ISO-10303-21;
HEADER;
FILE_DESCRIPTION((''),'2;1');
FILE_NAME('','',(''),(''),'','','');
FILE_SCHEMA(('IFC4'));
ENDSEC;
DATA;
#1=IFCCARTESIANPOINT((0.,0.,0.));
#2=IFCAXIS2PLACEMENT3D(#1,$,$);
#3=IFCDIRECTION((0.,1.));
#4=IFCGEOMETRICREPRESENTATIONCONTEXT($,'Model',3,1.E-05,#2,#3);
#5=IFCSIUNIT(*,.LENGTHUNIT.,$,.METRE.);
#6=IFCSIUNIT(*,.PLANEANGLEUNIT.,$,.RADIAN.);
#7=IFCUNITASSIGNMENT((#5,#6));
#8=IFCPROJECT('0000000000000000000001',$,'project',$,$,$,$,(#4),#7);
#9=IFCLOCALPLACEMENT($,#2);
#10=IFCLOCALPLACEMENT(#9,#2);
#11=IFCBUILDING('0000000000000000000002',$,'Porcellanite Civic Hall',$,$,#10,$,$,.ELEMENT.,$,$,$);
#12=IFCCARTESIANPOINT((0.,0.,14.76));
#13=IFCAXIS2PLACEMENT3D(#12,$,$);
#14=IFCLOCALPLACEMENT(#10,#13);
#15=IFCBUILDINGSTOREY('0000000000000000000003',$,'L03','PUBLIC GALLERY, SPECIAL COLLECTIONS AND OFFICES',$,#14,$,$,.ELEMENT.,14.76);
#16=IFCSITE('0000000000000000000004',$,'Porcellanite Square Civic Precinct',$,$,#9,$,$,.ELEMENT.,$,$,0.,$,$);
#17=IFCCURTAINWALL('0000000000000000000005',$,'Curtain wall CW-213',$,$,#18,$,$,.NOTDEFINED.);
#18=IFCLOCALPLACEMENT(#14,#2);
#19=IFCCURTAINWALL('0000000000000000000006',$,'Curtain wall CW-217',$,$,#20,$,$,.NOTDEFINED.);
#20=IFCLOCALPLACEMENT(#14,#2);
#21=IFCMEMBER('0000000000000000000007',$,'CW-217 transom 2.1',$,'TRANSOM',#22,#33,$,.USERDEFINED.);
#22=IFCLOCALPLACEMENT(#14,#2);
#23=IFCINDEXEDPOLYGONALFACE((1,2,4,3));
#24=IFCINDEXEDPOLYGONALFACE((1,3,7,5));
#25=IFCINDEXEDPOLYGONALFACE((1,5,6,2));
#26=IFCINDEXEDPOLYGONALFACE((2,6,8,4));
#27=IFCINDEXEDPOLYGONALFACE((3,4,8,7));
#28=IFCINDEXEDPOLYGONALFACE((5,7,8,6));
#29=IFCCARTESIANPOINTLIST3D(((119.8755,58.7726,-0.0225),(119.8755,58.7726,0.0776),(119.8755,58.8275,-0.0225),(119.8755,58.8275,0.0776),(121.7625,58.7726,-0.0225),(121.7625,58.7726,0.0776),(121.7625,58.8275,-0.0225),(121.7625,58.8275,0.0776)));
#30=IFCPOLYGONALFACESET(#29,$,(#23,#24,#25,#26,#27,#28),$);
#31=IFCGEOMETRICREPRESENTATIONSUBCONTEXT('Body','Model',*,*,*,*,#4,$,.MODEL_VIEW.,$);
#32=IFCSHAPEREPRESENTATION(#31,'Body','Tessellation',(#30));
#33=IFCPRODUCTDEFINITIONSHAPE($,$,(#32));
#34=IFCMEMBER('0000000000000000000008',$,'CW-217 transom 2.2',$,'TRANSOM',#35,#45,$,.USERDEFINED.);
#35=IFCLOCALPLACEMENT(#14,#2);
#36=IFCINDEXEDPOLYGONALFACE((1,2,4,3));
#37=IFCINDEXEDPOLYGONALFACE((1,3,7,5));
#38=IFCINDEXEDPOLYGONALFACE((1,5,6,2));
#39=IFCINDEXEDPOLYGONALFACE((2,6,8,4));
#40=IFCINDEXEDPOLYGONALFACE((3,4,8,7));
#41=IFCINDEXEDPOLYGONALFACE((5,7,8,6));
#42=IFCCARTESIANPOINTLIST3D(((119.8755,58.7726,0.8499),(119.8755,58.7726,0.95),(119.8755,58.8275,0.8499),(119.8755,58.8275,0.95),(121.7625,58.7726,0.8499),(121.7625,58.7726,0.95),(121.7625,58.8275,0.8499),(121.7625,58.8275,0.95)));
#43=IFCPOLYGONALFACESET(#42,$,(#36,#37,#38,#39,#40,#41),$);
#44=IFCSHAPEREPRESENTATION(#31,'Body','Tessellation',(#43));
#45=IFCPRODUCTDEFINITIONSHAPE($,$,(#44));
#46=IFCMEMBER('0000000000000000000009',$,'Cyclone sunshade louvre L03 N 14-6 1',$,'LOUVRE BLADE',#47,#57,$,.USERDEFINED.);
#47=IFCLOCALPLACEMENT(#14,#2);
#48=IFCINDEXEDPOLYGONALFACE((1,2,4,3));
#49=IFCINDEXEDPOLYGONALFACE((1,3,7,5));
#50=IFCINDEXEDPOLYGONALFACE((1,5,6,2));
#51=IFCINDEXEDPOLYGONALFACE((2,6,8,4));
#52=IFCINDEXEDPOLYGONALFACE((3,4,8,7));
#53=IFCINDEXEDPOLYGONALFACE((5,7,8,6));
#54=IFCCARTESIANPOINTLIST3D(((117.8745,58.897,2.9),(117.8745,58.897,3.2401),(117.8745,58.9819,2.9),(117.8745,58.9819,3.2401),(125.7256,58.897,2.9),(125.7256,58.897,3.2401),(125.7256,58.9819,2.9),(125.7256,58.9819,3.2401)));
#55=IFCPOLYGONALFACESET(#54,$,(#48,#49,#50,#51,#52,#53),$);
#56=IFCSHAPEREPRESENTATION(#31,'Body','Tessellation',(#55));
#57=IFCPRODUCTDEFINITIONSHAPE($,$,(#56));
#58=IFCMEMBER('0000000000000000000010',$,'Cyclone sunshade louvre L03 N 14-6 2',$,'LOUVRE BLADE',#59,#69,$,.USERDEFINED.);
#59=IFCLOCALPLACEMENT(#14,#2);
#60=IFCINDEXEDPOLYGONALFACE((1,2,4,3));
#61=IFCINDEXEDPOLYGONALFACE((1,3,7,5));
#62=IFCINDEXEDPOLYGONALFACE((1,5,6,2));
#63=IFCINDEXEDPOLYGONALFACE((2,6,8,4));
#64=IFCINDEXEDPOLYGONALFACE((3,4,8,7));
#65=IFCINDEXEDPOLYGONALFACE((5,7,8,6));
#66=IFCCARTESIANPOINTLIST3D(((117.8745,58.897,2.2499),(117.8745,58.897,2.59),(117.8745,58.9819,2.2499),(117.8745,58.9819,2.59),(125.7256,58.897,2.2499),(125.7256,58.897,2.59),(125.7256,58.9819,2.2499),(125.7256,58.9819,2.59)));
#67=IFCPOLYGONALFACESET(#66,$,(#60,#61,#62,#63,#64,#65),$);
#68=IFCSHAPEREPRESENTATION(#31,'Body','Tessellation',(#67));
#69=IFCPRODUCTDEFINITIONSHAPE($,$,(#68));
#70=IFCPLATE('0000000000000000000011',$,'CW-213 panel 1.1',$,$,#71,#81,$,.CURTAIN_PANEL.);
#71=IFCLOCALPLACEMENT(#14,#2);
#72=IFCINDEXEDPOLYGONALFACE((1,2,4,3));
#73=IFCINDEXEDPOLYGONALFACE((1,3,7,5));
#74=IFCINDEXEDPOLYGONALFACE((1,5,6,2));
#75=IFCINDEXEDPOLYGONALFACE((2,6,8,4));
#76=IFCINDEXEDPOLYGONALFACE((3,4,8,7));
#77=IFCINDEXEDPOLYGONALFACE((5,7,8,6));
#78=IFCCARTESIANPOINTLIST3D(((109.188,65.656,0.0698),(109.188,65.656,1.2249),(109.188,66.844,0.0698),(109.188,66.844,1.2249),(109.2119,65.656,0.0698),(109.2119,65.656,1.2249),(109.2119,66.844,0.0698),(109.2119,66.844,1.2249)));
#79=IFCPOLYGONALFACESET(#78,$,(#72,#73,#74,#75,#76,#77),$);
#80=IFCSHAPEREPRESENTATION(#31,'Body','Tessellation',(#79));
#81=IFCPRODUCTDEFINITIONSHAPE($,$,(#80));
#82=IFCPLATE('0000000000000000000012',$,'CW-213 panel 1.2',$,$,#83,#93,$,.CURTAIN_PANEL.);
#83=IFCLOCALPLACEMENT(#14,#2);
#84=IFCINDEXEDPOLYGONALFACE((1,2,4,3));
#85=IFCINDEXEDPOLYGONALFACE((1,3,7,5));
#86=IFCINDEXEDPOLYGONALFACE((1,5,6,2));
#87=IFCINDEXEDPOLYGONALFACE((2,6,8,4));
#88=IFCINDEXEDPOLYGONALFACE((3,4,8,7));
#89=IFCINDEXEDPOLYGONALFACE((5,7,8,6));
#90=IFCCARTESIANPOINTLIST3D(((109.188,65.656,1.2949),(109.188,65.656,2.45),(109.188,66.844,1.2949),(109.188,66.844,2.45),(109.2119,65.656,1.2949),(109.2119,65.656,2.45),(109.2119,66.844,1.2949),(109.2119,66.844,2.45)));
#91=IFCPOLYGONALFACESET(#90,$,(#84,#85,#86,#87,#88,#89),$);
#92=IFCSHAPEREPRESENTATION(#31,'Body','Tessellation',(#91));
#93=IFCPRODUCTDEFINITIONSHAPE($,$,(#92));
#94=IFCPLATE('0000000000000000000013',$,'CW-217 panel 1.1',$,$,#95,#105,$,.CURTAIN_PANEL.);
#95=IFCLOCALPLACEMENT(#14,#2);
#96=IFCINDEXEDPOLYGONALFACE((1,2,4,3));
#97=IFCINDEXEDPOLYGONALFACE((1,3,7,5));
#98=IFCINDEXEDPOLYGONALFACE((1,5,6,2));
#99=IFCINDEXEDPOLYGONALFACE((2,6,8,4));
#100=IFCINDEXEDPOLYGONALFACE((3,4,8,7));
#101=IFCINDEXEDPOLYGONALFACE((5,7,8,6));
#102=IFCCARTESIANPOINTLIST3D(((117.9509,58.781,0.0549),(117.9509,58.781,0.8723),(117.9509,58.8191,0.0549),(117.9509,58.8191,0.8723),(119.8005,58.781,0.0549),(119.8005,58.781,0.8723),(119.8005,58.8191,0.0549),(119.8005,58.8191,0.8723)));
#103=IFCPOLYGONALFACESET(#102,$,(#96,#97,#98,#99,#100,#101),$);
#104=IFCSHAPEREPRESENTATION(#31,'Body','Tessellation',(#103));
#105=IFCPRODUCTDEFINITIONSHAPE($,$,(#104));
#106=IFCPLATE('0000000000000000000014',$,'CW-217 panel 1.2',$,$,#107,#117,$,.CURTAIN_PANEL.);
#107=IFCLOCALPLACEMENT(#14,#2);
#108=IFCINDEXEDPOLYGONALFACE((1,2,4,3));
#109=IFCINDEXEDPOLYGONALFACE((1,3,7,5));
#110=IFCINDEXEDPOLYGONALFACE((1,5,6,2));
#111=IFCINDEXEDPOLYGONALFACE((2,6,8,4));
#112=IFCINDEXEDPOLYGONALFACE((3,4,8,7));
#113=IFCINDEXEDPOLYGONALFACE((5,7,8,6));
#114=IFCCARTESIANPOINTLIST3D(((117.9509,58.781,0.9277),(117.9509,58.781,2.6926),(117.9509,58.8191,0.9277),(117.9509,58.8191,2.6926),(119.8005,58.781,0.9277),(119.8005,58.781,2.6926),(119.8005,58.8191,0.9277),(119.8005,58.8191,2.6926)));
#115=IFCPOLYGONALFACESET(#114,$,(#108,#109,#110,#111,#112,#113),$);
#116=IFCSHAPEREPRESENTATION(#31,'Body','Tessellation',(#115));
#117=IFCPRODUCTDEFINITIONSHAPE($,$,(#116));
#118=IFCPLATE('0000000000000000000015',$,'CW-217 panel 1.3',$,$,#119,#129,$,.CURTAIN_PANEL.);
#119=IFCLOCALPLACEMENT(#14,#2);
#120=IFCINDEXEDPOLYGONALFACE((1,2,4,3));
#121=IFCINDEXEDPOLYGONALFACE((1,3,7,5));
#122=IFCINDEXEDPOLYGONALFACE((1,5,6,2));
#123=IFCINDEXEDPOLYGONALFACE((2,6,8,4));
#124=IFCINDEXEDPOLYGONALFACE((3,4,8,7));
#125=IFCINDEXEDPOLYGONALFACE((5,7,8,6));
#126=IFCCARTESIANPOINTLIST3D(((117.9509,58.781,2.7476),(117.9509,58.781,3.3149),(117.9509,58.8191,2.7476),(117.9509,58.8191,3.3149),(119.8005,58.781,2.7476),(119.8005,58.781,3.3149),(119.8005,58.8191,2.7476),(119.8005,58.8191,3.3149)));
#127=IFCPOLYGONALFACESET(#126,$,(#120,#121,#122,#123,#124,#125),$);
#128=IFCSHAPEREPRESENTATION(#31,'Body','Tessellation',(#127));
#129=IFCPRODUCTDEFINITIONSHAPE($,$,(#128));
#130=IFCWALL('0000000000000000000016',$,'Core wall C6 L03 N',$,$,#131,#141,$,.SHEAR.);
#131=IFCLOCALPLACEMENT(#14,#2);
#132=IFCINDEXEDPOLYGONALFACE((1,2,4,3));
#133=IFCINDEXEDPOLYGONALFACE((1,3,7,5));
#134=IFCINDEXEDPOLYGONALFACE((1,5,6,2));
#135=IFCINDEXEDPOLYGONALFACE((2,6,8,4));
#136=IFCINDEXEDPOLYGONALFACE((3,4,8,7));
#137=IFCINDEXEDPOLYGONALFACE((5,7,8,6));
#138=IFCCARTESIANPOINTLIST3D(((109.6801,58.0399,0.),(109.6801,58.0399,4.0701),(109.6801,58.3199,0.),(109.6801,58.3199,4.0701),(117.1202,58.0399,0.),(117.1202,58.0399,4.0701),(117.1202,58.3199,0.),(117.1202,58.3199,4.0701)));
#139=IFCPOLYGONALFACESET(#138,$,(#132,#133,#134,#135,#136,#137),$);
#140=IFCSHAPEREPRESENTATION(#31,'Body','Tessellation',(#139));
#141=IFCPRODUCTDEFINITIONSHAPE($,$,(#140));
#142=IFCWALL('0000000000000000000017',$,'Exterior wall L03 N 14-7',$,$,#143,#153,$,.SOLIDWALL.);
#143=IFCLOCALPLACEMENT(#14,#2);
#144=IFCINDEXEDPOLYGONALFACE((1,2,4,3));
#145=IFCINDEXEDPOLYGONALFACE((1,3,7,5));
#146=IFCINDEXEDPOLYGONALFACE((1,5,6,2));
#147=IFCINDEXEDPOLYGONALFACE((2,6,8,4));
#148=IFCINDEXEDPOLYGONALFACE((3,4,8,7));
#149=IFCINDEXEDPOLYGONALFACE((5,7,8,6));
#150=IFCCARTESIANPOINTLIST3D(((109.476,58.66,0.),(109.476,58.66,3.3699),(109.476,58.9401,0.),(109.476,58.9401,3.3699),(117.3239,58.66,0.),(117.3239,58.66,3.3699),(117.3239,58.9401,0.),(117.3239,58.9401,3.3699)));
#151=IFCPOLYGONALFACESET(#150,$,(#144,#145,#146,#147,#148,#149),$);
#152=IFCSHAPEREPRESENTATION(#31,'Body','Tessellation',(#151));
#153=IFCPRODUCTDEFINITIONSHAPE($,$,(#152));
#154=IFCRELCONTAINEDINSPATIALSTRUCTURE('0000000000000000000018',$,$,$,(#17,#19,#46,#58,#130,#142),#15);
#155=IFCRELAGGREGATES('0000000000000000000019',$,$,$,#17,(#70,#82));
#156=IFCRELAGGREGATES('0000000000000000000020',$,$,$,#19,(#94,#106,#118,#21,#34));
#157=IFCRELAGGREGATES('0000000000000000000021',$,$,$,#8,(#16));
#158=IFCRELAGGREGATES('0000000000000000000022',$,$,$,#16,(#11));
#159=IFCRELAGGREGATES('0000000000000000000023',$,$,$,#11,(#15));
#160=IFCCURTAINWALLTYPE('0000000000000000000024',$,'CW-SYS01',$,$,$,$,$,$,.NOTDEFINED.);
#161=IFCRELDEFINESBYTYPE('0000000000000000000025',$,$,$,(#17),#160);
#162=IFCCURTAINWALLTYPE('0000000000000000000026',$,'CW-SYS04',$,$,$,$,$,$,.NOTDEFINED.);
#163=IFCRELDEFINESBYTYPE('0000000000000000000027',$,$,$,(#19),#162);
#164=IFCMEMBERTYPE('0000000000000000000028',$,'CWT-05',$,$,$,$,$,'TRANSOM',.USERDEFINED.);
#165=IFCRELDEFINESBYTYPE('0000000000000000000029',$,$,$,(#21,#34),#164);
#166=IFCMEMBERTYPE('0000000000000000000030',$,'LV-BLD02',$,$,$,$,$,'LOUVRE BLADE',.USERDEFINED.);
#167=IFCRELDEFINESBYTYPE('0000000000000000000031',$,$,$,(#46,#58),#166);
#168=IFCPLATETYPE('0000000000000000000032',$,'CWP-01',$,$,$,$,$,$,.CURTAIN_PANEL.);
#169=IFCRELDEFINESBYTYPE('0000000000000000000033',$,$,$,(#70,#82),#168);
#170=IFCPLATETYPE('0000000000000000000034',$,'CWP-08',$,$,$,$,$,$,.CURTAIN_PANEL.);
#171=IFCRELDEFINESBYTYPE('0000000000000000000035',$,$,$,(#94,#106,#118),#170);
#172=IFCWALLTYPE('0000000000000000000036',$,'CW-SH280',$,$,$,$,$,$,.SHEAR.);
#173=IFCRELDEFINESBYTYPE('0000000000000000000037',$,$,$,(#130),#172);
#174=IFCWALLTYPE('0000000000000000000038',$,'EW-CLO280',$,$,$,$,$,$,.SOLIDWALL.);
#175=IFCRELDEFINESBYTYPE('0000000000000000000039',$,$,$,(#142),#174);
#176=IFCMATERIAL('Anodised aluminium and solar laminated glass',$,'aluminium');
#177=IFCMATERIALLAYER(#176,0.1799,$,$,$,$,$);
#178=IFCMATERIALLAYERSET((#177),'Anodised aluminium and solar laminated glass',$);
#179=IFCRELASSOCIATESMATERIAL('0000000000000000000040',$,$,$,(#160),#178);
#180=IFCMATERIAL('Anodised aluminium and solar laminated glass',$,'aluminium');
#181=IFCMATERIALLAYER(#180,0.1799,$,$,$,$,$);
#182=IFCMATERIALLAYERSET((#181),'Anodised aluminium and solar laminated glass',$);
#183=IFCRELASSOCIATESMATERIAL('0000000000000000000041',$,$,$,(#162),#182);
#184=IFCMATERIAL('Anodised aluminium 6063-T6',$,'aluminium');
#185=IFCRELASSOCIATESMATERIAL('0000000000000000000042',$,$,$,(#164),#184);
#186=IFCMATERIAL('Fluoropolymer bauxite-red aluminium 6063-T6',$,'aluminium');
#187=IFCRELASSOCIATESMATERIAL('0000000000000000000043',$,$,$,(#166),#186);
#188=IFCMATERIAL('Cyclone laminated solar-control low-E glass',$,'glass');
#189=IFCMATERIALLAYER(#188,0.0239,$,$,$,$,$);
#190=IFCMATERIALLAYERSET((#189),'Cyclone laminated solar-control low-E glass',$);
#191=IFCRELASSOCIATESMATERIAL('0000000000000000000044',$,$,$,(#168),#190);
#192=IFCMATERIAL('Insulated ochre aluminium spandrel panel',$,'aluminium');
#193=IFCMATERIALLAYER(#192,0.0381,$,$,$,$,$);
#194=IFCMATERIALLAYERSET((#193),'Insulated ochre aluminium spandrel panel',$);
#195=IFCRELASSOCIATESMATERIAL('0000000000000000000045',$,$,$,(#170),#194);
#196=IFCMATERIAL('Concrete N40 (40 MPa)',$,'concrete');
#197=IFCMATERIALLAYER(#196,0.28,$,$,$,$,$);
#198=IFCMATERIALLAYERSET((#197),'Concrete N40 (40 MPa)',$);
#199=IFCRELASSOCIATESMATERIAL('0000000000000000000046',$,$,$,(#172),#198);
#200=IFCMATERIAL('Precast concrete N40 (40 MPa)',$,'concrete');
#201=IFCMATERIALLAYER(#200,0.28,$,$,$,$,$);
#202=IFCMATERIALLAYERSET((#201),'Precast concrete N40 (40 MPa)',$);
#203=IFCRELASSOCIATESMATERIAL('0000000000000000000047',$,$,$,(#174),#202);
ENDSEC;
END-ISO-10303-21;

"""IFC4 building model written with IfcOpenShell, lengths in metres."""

from ifc_helpers import new_model, si_unit, direction, frame, frame_2d, origin, origin_2d, place, context, subcontext, project, spatial, rectangle, extrude, material, layer, layer_set, material_profile, profile_set, type_object, element, aggregate, save


model = new_model("IFC4")

# Units and contexts
model_context = context("Model", 3, precision=1e-05, world=origin(), true_north=direction((0.0, 1.0)))
body_context = subcontext(model_context, "Body", "Model", "MODEL_VIEW")
ifc_project = project(units=[si_unit("LENGTHUNIT", "METRE"), si_unit("PLANEANGLEUNIT", "RADIAN")], contexts=[model_context])

# Site, building, storey
site_placement = place(None, origin())
site = spatial("IfcSite", under=ifc_project, at=site_placement, Name="Porcellanite Square Civic Precinct", CompositionType="ELEMENT", RefElevation=0.0)
building_placement = place(site_placement, origin())
building = spatial("IfcBuilding", under=site, at=building_placement, Name="Porcellanite Civic Hall", CompositionType="ELEMENT")
storey_placement = place(building_placement, frame((0.0, 0.0, 14.76)))
storey = spatial("IfcBuildingStorey", under=building, at=storey_placement, Name="L03", Description="PUBLIC GALLERY, SPECIAL COLLECTIONS AND OFFICES", CompositionType="ELEMENT", Elevation=14.76)

# Curtain wall
ifc_material_1 = material(Name="Anodised aluminium and solar laminated glass", Category="aluminium")
ifc_layer_1 = layer(ifc_material_1, 0.1799)
ifc_layer_set_1 = layer_set([ifc_layer_1], Name="Anodised aluminium and solar laminated glass")
curtain_wall_type_1 = type_object("IfcCurtainWallType", Name="CW-SYS01", PredefinedType="NOTDEFINED", material=ifc_layer_set_1)
curtain_wall_1_placement = place(storey_placement, origin())
curtain_wall_1 = element("IfcCurtainWall", 1, at=curtain_wall_1_placement, inside=storey, type_object=curtain_wall_type_1, Name="Curtain wall CW-213", PredefinedType="NOTDEFINED")

# Curtain wall
ifc_material_2 = material(Name="Anodised aluminium and solar laminated glass", Category="aluminium")
ifc_layer_2 = layer(ifc_material_2, 0.1799)
ifc_layer_set_2 = layer_set([ifc_layer_2], Name="Anodised aluminium and solar laminated glass")
curtain_wall_type_2 = type_object("IfcCurtainWallType", Name="CW-SYS04", PredefinedType="NOTDEFINED", material=ifc_layer_set_2)
curtain_wall_2_placement = place(storey_placement, origin())
curtain_wall_2 = element("IfcCurtainWall", 2, at=curtain_wall_2_placement, inside=storey, type_object=curtain_wall_type_2, Name="Curtain wall CW-217", PredefinedType="NOTDEFINED")

# Members
ifc_material_3 = material(Name="Anodised aluminium 6063-T6", Category="aluminium")
ifc_material_profile_1 = material_profile(ifc_material_3, rectangle(XDim=0.0549, YDim=0.1001, at=origin_2d()), Name="AL-55x100")
ifc_profile_set_1 = profile_set([ifc_material_profile_1], Name="Anodised aluminium 6063-T6")
member_type_1 = type_object("IfcMemberType", Name="CWT-05", ElementType="TRANSOM", PredefinedType="USERDEFINED", material=ifc_profile_set_1)
member_1_placement = place(storey_placement, frame((119.8755, 58.8, 0.0276), z_axis=(1.0, 0.0, 0.0), x_axis=(0.0, 1.0, 0.0)))
member_1 = element("IfcMember", 3, at=member_1_placement, type_object=member_type_1, Name="CW-217 transom 2.1", ObjectType="TRANSOM", PredefinedType="USERDEFINED", context=body_context, shape_type="SweptSolid", body=[
    extrude(rectangle(XDim=0.0549, YDim=0.1001, at=origin_2d()), origin(), (0.0, 0.0, 1.0), 1.887),
])
member_2_placement = place(storey_placement, frame((119.8755, 58.8, 0.8999), z_axis=(1.0, 0.0, 0.0), x_axis=(0.0, 1.0, 0.0)))
member_2 = element("IfcMember", 4, at=member_2_placement, type_object=member_type_1, Name="CW-217 transom 2.2", ObjectType="TRANSOM", PredefinedType="USERDEFINED", context=body_context, shape_type="SweptSolid", body=[
    extrude(rectangle(XDim=0.0549, YDim=0.1001, at=origin_2d()), origin(), (0.0, 0.0, 1.0), 1.887),
])

# Members
ifc_material_4 = material(Name="Fluoropolymer bauxite-red aluminium 6063-T6", Category="aluminium")
ifc_material_profile_2 = material_profile(ifc_material_4, rectangle(XDim=0.085, YDim=0.3401, at=origin_2d()), Name="AL-85x340")
ifc_profile_set_2 = profile_set([ifc_material_profile_2], Name="Fluoropolymer bauxite-red aluminium 6063-T6")
member_type_2 = type_object("IfcMemberType", Name="LV-BLD02", ElementType="LOUVRE BLADE", PredefinedType="USERDEFINED", material=ifc_profile_set_2)
for number, where, z_axis, x_axis, name in (
    (5, (117.8745, 58.9395, 3.0701), (1.0, 0.0, 0.0), (0.0, 1.0, 0.0), "Cyclone sunshade louvre L03 N 14-6 1"),
    (6, (117.8745, 58.9395, 2.4199), (1.0, 0.0, 0.0), (0.0, 1.0, 0.0), "Cyclone sunshade louvre L03 N 14-6 2"),
):
    element("IfcMember", number, at=place(storey_placement, frame(where, z_axis=z_axis, x_axis=x_axis)), inside=storey, type_object=member_type_2, Name=name, ObjectType="LOUVRE BLADE", PredefinedType="USERDEFINED", context=body_context, shape_type="SweptSolid", body=[
        extrude(rectangle(XDim=0.085, YDim=0.3401, at=origin_2d()), origin(), (0.0, 0.0, 1.0), 7.8511),
    ])

# Plates
ifc_material_5 = material(Name="Cyclone laminated solar-control low-E glass", Category="glass")
ifc_layer_3 = layer(ifc_material_5, 0.0239)
ifc_layer_set_3 = layer_set([ifc_layer_3], Name="Cyclone laminated solar-control low-E glass")
plate_type_1 = type_object("IfcPlateType", Name="CWP-01", PredefinedType="CURTAIN_PANEL", material=ifc_layer_set_3)
plate_1_placement = place(storey_placement, frame((109.2, 66.25, 0.0698), z_axis=(0.0, 0.0, 1.0), x_axis=(0.0, -1.0, 0.0)))
plate_1 = element("IfcPlate", 7, at=plate_1_placement, type_object=plate_type_1, Name="CW-213 panel 1.1", PredefinedType="CURTAIN_PANEL", context=body_context, shape_type="SweptSolid", body=[
    extrude(rectangle(XDim=1.188, YDim=0.0239, at=origin_2d()), origin(), (0.0, 0.0, 1.0), 1.155),
])
plate_2_placement = place(storey_placement, frame((109.2, 66.25, 1.2949), z_axis=(0.0, 0.0, 1.0), x_axis=(0.0, -1.0, 0.0)))
plate_2 = element("IfcPlate", 8, at=plate_2_placement, type_object=plate_type_1, Name="CW-213 panel 1.2", PredefinedType="CURTAIN_PANEL", context=body_context, shape_type="SweptSolid", body=[
    extrude(rectangle(XDim=1.188, YDim=0.0239, at=origin_2d()), origin(), (0.0, 0.0, 1.0), 1.155),
])
aggregate(curtain_wall_1, [plate_1, plate_2])
ifc_material_6 = material(Name="Insulated ochre aluminium spandrel panel", Category="aluminium")
ifc_layer_4 = layer(ifc_material_6, 0.0381)
ifc_layer_set_4 = layer_set([ifc_layer_4], Name="Insulated ochre aluminium spandrel panel")
plate_type_2 = type_object("IfcPlateType", Name="CWP-08", PredefinedType="CURTAIN_PANEL", material=ifc_layer_set_4)
plate_3_placement = place(storey_placement, frame((118.8757, 58.8, 0.0549), z_axis=(0.0, 0.0, 1.0), x_axis=(1.0, 0.0, 0.0)))
plate_3 = element("IfcPlate", 9, at=plate_3_placement, type_object=plate_type_2, Name="CW-217 panel 1.1", PredefinedType="CURTAIN_PANEL", context=body_context, shape_type="SweptSolid", body=[
    extrude(rectangle(XDim=1.8496, YDim=0.0381, at=origin_2d()), origin(), (0.0, 0.0, 1.0), 0.8174),
])
plate_4_placement = place(storey_placement, frame((118.8757, 58.8, 0.9277), z_axis=(0.0, 0.0, 1.0), x_axis=(1.0, 0.0, 0.0)))
plate_4 = element("IfcPlate", 10, at=plate_4_placement, type_object=plate_type_2, Name="CW-217 panel 1.2", PredefinedType="CURTAIN_PANEL", context=body_context, shape_type="SweptSolid", body=[
    extrude(rectangle(XDim=1.8496, YDim=0.0381, at=origin_2d()), origin(), (0.0, 0.0, 1.0), 1.7649),
])
plate_5_placement = place(storey_placement, frame((118.8757, 58.8, 2.7476), z_axis=(0.0, 0.0, 1.0), x_axis=(1.0, 0.0, 0.0)))
plate_5 = element("IfcPlate", 11, at=plate_5_placement, type_object=plate_type_2, Name="CW-217 panel 1.3", PredefinedType="CURTAIN_PANEL", context=body_context, shape_type="SweptSolid", body=[
    extrude(rectangle(XDim=1.8496, YDim=0.0381, at=origin_2d()), origin(), (0.0, 0.0, 1.0), 0.5674),
])
aggregate(curtain_wall_2, [plate_3, plate_4, plate_5, member_1, member_2])

# Walls
ifc_material_7 = material(Name="Concrete N40 (40 MPa)", Category="concrete")
ifc_layer_5 = layer(ifc_material_7, 0.28)
ifc_layer_set_5 = layer_set([ifc_layer_5], Name="Concrete N40 (40 MPa)")
wall_type_1 = type_object("IfcWallType", Name="CW-SH280", PredefinedType="SHEAR", material=ifc_layer_set_5)
wall_1_placement = place(storey_placement, frame((109.6799, 58.1799, 0.0), z_axis=(0.0, 0.0, 1.0), x_axis=(1.0, 0.0, 0.0)))
element("IfcWall", 12, at=wall_1_placement, inside=storey, type_object=wall_type_1, Name="Core wall C6 L03 N", PredefinedType="SHEAR", context=body_context, shape_type="SweptSolid", body=[
    extrude(rectangle(XDim=7.4402, YDim=0.28, at=frame_2d((3.7202, 0.0))), origin(), (0.0, 0.0, 1.0), 4.0701),
])
ifc_material_8 = material(Name="Precast concrete N40 (40 MPa)", Category="concrete")
ifc_layer_6 = layer(ifc_material_8, 0.28)
ifc_layer_set_6 = layer_set([ifc_layer_6], Name="Precast concrete N40 (40 MPa)")
wall_type_2 = type_object("IfcWallType", Name="EW-CLO280", PredefinedType="SOLIDWALL", material=ifc_layer_set_6)
wall_2_placement = place(storey_placement, frame((109.4761, 58.8, 0.0), z_axis=(0.0, 0.0, 1.0), x_axis=(1.0, 0.0, 0.0)))
element("IfcWall", 13, at=wall_2_placement, inside=storey, type_object=wall_type_2, Name="Exterior wall L03 N 14-7", PredefinedType="SOLIDWALL", context=body_context, shape_type="SweptSolid", body=[
    extrude(rectangle(XDim=7.8479, YDim=0.28, at=frame_2d((3.9238, 0.0))), origin(), (0.0, 0.0, 1.0), 3.3699),
])

save(model, "model.ifc")
